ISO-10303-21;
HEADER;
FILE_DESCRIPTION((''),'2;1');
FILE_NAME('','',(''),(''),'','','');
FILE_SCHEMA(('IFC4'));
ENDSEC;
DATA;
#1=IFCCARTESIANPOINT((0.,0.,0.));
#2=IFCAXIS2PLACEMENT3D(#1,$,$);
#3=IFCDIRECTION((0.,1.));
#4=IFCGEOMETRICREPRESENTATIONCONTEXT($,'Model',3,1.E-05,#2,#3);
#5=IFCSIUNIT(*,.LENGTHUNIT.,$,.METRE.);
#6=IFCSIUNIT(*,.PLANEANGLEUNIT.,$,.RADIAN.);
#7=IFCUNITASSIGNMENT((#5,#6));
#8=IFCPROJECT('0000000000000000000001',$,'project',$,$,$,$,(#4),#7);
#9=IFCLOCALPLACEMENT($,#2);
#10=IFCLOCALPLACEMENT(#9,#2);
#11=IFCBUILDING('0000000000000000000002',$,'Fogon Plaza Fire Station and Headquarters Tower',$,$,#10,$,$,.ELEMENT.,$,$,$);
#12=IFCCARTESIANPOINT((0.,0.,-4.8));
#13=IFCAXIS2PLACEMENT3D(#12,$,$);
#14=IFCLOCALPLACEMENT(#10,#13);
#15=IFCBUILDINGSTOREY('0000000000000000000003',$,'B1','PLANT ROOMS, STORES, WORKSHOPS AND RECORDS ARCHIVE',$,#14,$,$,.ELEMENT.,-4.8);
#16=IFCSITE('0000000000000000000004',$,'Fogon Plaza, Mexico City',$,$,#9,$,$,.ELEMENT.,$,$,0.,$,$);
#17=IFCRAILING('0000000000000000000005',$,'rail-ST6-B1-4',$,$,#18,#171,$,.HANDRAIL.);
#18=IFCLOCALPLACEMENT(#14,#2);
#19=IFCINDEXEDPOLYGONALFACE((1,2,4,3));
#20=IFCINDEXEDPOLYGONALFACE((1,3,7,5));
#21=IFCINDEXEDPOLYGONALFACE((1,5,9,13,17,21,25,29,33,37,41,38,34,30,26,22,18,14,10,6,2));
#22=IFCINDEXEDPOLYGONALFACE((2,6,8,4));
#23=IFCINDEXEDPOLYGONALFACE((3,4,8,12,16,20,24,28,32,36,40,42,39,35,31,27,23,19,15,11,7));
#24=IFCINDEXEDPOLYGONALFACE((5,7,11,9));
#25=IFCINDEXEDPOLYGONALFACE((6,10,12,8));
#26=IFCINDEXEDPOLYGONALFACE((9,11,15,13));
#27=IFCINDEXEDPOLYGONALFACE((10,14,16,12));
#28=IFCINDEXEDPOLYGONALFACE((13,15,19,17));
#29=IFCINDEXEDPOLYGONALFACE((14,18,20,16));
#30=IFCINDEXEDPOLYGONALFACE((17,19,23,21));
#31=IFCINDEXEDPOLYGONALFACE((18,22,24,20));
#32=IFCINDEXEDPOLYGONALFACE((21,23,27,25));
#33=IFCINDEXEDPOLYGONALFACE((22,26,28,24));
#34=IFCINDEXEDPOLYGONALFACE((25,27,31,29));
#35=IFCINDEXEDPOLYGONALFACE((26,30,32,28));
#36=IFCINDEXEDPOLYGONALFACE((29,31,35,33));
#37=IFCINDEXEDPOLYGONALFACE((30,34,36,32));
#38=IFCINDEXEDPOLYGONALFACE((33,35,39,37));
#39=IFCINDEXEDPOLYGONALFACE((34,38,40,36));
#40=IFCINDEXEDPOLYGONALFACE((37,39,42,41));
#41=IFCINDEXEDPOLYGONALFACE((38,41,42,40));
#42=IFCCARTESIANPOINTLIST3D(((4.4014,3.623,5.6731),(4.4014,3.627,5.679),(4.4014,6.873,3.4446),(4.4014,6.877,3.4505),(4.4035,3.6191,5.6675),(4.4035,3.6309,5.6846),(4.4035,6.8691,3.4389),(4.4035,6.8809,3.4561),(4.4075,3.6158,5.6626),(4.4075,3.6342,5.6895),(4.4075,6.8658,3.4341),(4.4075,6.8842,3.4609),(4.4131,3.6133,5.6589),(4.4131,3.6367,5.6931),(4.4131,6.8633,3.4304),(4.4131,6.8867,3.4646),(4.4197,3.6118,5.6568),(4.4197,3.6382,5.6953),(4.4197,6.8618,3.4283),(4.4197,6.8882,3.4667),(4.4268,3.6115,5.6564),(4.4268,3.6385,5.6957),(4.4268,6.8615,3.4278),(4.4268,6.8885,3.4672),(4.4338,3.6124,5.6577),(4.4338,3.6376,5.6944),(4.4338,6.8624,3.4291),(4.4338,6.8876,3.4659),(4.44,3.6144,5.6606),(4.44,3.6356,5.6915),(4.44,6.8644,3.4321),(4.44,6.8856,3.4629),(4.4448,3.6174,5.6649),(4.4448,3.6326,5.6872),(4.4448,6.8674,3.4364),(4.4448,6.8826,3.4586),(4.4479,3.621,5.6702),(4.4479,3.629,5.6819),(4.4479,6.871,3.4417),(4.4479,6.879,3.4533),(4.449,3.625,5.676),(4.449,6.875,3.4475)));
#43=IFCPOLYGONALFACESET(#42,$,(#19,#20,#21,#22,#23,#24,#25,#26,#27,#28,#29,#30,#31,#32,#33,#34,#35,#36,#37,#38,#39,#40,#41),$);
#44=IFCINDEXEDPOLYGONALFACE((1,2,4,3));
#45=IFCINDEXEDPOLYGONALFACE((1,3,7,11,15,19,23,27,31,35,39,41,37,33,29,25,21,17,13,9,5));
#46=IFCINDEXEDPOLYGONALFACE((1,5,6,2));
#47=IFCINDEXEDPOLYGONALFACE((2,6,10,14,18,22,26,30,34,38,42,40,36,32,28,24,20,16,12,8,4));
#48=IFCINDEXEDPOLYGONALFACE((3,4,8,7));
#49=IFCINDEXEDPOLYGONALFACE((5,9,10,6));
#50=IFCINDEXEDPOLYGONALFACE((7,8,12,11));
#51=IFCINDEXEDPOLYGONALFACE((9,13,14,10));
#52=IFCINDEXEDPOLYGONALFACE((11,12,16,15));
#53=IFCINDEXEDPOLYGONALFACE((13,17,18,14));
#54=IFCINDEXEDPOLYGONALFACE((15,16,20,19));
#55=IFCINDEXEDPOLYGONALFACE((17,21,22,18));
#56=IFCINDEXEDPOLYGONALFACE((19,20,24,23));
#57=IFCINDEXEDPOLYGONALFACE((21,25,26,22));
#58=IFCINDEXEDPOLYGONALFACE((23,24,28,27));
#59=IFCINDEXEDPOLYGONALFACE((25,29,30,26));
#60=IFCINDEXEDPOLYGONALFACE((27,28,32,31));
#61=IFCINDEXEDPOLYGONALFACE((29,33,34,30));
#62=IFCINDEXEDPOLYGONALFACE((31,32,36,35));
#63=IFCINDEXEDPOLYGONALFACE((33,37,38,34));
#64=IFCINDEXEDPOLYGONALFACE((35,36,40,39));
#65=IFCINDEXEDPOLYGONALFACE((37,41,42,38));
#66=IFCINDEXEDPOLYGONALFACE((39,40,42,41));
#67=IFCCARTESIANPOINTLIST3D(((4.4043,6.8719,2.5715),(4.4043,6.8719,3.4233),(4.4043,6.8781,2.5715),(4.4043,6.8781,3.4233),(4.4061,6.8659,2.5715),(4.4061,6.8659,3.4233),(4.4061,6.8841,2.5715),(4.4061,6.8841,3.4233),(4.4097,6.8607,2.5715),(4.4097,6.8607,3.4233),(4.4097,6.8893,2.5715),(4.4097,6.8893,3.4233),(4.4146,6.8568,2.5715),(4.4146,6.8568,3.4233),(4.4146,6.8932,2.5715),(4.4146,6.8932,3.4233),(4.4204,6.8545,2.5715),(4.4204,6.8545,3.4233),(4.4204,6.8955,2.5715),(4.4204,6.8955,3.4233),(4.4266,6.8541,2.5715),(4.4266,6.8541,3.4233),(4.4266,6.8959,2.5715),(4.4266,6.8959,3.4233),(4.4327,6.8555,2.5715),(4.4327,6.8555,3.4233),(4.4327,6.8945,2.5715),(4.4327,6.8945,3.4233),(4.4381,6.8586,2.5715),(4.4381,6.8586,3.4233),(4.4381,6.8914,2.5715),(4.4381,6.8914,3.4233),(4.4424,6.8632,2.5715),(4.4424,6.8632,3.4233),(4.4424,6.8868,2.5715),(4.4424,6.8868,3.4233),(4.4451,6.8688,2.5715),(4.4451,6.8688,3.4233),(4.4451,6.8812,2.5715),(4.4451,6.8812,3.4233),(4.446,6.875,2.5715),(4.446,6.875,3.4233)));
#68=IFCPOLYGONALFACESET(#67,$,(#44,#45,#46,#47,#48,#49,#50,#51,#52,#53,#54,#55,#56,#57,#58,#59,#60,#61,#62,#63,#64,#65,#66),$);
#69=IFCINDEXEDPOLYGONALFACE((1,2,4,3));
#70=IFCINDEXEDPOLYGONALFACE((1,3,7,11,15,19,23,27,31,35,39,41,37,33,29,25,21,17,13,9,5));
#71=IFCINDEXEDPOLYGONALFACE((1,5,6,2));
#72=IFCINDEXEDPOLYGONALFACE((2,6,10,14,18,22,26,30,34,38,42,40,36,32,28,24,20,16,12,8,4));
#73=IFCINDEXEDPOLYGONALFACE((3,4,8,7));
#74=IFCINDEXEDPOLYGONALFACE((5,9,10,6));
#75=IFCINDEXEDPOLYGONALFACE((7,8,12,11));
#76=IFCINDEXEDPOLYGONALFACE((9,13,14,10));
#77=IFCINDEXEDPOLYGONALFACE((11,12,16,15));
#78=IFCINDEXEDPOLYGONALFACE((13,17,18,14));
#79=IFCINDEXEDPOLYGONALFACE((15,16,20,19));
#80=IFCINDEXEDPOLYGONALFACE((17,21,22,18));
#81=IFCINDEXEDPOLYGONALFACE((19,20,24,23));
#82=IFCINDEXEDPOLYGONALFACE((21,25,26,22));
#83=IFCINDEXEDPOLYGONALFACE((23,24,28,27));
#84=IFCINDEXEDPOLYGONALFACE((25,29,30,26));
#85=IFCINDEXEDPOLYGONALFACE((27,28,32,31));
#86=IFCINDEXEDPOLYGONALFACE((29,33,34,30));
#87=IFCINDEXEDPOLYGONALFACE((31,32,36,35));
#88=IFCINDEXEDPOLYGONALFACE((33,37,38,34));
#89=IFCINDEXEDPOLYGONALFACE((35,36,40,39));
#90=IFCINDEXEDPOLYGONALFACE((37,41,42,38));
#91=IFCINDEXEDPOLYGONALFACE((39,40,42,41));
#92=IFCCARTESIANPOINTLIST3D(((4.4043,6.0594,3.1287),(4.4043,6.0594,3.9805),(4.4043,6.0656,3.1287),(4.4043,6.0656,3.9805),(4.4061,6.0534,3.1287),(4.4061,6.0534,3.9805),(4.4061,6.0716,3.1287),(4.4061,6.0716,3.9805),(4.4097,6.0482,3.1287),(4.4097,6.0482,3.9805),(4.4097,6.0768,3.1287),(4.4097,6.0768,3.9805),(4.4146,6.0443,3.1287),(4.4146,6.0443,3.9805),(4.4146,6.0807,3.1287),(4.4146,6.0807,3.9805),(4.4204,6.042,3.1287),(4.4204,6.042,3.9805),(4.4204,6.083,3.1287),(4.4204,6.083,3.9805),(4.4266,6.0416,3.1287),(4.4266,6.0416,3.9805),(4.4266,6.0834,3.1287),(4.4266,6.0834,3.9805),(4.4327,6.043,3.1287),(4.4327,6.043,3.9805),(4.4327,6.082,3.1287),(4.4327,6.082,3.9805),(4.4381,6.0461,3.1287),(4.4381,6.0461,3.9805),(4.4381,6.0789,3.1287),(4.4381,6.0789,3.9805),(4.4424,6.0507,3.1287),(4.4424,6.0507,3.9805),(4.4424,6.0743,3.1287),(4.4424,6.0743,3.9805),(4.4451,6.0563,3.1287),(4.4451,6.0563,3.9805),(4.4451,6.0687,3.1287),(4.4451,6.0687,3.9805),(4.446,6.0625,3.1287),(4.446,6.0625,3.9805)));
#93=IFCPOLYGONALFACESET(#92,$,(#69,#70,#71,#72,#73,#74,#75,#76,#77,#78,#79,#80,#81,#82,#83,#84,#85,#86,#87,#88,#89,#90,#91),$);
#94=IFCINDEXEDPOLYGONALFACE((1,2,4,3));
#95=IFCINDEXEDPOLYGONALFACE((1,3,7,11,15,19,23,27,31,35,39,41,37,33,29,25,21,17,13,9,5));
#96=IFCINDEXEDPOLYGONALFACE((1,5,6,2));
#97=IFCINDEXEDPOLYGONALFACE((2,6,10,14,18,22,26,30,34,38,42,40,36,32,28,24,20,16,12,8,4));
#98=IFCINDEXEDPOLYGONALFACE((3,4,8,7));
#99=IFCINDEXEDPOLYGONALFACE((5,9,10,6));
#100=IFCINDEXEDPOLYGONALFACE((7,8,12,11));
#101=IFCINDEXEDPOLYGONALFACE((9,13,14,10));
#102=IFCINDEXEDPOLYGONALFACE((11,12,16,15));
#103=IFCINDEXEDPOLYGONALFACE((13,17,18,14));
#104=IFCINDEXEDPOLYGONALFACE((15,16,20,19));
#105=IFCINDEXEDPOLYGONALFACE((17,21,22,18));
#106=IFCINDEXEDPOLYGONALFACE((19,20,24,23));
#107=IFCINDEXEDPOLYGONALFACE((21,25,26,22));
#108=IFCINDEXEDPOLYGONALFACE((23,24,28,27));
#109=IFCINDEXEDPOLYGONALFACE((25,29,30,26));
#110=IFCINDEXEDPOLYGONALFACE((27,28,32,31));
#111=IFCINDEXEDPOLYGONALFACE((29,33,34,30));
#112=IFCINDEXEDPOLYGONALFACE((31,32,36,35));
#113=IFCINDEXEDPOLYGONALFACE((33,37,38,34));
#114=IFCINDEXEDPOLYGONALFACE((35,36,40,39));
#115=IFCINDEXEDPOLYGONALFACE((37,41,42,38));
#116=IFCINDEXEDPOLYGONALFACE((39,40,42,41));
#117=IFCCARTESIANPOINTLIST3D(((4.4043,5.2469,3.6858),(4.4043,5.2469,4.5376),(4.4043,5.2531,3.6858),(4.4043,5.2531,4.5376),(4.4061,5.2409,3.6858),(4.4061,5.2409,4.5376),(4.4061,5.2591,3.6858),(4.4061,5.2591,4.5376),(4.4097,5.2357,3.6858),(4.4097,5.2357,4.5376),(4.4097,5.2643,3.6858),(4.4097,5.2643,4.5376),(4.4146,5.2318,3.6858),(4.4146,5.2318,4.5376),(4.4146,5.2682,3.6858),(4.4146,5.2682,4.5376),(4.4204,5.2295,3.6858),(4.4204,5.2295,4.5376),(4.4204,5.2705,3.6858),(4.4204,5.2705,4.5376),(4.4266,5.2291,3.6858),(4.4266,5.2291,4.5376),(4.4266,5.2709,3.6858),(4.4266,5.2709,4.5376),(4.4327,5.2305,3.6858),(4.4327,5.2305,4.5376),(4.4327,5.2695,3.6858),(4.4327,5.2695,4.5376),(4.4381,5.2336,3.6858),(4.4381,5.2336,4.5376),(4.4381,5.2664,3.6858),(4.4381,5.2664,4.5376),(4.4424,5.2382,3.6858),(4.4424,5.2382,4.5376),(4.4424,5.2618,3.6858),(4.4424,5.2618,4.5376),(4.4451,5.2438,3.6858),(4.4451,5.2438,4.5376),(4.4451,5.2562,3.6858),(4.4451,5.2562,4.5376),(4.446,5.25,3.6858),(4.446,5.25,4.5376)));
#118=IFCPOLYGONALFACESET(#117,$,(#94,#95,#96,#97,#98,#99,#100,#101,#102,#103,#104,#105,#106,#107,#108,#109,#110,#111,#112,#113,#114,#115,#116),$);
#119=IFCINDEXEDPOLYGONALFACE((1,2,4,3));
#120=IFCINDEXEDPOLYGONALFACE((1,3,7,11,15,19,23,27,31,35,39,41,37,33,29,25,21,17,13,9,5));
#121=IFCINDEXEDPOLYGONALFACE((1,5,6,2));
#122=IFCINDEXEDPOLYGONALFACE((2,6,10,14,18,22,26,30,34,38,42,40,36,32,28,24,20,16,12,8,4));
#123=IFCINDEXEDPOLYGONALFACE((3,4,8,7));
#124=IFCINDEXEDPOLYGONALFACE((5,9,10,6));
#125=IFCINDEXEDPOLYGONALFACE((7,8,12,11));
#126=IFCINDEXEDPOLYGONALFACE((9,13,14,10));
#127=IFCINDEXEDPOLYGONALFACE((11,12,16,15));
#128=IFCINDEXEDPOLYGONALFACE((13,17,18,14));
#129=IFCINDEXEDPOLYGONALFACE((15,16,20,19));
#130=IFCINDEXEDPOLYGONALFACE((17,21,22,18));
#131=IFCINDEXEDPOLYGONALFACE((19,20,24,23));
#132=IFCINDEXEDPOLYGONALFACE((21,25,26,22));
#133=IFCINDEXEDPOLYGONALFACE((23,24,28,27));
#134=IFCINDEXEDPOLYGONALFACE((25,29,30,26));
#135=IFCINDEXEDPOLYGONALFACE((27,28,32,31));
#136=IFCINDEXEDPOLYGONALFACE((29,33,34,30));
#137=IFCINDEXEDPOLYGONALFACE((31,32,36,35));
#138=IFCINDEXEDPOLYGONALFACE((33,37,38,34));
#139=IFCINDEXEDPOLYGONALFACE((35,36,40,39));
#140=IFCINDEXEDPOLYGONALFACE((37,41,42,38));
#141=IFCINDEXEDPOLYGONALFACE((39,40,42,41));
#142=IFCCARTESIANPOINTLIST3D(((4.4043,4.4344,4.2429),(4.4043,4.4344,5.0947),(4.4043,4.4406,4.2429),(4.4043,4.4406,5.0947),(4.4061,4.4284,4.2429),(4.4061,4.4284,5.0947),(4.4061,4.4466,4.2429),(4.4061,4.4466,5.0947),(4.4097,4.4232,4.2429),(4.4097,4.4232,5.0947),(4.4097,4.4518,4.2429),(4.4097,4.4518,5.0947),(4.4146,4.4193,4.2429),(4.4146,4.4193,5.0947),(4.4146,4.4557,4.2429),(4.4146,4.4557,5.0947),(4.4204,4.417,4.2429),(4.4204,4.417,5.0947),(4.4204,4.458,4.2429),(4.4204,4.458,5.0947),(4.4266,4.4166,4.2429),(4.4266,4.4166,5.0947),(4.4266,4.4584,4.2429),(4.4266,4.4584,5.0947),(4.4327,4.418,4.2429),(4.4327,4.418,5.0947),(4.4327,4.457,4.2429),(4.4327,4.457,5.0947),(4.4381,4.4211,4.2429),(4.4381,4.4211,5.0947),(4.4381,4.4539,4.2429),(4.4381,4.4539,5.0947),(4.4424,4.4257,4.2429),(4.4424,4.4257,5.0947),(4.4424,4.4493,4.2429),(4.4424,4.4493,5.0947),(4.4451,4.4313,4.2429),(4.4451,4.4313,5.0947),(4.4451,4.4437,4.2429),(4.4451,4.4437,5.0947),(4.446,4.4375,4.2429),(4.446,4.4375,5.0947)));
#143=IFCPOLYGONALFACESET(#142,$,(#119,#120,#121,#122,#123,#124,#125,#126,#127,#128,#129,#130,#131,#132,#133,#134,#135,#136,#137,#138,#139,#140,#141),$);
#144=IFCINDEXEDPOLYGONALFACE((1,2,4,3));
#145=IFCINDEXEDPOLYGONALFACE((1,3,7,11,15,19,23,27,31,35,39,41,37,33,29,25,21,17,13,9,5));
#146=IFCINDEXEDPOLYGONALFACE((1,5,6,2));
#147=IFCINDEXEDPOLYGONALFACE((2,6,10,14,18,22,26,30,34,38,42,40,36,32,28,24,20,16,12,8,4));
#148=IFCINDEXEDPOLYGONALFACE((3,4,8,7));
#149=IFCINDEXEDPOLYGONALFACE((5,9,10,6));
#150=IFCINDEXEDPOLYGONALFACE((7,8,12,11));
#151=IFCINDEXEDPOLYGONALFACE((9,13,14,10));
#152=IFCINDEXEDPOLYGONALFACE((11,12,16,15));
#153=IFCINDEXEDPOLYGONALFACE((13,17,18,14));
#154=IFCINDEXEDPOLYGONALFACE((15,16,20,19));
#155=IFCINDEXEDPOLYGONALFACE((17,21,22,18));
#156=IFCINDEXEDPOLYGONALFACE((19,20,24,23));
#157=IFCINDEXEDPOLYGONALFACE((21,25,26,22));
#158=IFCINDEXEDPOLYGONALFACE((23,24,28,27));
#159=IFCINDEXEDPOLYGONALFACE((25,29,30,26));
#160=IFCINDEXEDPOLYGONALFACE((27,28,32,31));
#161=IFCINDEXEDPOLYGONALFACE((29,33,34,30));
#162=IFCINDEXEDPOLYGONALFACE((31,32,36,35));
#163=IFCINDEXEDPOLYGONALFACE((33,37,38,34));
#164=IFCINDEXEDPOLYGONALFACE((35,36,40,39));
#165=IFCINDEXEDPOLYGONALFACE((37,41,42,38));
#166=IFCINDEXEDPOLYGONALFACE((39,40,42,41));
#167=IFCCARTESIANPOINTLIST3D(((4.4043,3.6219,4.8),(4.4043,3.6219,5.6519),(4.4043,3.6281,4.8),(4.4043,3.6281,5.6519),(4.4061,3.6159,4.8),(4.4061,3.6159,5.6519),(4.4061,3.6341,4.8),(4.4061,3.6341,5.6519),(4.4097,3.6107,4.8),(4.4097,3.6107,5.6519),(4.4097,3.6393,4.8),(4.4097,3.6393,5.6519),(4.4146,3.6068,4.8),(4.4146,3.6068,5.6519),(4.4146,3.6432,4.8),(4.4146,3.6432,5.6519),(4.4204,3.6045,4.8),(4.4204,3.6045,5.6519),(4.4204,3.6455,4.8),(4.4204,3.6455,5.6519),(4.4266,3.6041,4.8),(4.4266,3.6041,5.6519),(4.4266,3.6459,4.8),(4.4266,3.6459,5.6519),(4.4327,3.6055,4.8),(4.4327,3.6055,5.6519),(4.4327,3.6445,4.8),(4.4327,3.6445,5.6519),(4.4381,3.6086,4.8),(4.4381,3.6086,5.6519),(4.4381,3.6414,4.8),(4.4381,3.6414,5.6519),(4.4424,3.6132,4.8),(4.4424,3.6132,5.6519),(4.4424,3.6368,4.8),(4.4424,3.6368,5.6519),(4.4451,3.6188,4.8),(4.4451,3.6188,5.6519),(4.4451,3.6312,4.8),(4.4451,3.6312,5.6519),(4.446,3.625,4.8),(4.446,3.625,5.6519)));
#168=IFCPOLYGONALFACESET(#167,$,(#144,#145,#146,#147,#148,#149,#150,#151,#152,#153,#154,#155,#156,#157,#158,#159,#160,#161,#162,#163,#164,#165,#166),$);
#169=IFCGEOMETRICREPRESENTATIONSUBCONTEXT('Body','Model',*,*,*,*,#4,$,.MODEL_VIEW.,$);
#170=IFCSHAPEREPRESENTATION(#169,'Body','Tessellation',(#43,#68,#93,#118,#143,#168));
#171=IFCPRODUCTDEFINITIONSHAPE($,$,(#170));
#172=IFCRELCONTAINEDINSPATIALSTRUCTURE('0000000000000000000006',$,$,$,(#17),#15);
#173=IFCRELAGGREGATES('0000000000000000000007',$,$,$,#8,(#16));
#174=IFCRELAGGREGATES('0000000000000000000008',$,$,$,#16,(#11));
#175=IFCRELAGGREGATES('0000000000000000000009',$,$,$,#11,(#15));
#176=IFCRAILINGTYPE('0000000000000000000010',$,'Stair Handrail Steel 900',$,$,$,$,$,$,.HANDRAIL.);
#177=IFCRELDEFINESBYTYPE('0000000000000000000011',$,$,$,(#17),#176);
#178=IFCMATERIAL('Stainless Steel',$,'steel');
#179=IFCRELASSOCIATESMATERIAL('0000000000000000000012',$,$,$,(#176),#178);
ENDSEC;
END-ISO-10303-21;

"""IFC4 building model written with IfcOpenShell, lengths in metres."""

from ifc_helpers import new_model, si_unit, direction, frame, origin, origin_2d, place, context, subcontext, project, spatial, circle, extrude, material, type_object, element, save


model = new_model("IFC4")

# Units and contexts
model_context = context("Model", 3, precision=1e-05, world=origin(), true_north=direction((0.0, 1.0)))
body_context = subcontext(model_context, "Body", "Model", "MODEL_VIEW")
ifc_project = project(units=[si_unit("LENGTHUNIT", "METRE"), si_unit("PLANEANGLEUNIT", "RADIAN")], contexts=[model_context])

# Site, building, storey
site_placement = place(None, origin())
site = spatial("IfcSite", under=ifc_project, at=site_placement, Name="Fogon Plaza, Mexico City", CompositionType="ELEMENT", RefElevation=0.0)
building_placement = place(site_placement, origin())
building = spatial("IfcBuilding", under=site, at=building_placement, Name="Fogon Plaza Fire Station and Headquarters Tower", CompositionType="ELEMENT")
storey_placement = place(building_placement, frame((0.0, 0.0, -4.8)))
storey = spatial("IfcBuildingStorey", under=building, at=storey_placement, Name="B1", Description="PLANT ROOMS, STORES, WORKSHOPS AND RECORDS ARCHIVE", CompositionType="ELEMENT", Elevation=-4.8)

# Railing
ifc_material_1 = material(Name="Stainless Steel", Category="steel")
railing_type = type_object("IfcRailingType", Name="Stair Handrail Steel 900", PredefinedType="HANDRAIL", material=ifc_material_1)
railing_placement = place(storey_placement, frame((4.425, 6.875, 2.5715)))
element("IfcRailing", 1, at=railing_placement, inside=storey, type_object=railing_type, Name="rail-ST6-B1-4", PredefinedType="HANDRAIL", context=body_context, shape_type="SweptSolid", body=[
    extrude(circle(Radius=0.0239, at=origin_2d()), frame((0.0, 0.0, 0.876), z_axis=(0.0, -0.824735, 0.565519), x_axis=(1.0, 0.0, 0.0)), (0.0, 0.0, 1.0), 3.9407),
    extrude(circle(Radius=0.021, at=origin_2d()), origin(), (0.0, 0.0, 1.0), 0.8518),
    extrude(circle(Radius=0.021, at=origin_2d()), frame((0.0, -0.8125, 0.5571)), (0.0, 0.0, 1.0), 0.8518),
    extrude(circle(Radius=0.021, at=origin_2d()), frame((0.0, -1.625, 1.1143)), (0.0, 0.0, 1.0), 0.8518),
    extrude(circle(Radius=0.021, at=origin_2d()), frame((0.0, -2.4375, 1.6714)), (0.0, 0.0, 1.0), 0.8518),
    extrude(circle(Radius=0.021, at=origin_2d()), frame((0.0, -3.25, 2.2285)), (0.0, 0.0, 1.0), 0.8518),
])

save(model, "model.ifc")
